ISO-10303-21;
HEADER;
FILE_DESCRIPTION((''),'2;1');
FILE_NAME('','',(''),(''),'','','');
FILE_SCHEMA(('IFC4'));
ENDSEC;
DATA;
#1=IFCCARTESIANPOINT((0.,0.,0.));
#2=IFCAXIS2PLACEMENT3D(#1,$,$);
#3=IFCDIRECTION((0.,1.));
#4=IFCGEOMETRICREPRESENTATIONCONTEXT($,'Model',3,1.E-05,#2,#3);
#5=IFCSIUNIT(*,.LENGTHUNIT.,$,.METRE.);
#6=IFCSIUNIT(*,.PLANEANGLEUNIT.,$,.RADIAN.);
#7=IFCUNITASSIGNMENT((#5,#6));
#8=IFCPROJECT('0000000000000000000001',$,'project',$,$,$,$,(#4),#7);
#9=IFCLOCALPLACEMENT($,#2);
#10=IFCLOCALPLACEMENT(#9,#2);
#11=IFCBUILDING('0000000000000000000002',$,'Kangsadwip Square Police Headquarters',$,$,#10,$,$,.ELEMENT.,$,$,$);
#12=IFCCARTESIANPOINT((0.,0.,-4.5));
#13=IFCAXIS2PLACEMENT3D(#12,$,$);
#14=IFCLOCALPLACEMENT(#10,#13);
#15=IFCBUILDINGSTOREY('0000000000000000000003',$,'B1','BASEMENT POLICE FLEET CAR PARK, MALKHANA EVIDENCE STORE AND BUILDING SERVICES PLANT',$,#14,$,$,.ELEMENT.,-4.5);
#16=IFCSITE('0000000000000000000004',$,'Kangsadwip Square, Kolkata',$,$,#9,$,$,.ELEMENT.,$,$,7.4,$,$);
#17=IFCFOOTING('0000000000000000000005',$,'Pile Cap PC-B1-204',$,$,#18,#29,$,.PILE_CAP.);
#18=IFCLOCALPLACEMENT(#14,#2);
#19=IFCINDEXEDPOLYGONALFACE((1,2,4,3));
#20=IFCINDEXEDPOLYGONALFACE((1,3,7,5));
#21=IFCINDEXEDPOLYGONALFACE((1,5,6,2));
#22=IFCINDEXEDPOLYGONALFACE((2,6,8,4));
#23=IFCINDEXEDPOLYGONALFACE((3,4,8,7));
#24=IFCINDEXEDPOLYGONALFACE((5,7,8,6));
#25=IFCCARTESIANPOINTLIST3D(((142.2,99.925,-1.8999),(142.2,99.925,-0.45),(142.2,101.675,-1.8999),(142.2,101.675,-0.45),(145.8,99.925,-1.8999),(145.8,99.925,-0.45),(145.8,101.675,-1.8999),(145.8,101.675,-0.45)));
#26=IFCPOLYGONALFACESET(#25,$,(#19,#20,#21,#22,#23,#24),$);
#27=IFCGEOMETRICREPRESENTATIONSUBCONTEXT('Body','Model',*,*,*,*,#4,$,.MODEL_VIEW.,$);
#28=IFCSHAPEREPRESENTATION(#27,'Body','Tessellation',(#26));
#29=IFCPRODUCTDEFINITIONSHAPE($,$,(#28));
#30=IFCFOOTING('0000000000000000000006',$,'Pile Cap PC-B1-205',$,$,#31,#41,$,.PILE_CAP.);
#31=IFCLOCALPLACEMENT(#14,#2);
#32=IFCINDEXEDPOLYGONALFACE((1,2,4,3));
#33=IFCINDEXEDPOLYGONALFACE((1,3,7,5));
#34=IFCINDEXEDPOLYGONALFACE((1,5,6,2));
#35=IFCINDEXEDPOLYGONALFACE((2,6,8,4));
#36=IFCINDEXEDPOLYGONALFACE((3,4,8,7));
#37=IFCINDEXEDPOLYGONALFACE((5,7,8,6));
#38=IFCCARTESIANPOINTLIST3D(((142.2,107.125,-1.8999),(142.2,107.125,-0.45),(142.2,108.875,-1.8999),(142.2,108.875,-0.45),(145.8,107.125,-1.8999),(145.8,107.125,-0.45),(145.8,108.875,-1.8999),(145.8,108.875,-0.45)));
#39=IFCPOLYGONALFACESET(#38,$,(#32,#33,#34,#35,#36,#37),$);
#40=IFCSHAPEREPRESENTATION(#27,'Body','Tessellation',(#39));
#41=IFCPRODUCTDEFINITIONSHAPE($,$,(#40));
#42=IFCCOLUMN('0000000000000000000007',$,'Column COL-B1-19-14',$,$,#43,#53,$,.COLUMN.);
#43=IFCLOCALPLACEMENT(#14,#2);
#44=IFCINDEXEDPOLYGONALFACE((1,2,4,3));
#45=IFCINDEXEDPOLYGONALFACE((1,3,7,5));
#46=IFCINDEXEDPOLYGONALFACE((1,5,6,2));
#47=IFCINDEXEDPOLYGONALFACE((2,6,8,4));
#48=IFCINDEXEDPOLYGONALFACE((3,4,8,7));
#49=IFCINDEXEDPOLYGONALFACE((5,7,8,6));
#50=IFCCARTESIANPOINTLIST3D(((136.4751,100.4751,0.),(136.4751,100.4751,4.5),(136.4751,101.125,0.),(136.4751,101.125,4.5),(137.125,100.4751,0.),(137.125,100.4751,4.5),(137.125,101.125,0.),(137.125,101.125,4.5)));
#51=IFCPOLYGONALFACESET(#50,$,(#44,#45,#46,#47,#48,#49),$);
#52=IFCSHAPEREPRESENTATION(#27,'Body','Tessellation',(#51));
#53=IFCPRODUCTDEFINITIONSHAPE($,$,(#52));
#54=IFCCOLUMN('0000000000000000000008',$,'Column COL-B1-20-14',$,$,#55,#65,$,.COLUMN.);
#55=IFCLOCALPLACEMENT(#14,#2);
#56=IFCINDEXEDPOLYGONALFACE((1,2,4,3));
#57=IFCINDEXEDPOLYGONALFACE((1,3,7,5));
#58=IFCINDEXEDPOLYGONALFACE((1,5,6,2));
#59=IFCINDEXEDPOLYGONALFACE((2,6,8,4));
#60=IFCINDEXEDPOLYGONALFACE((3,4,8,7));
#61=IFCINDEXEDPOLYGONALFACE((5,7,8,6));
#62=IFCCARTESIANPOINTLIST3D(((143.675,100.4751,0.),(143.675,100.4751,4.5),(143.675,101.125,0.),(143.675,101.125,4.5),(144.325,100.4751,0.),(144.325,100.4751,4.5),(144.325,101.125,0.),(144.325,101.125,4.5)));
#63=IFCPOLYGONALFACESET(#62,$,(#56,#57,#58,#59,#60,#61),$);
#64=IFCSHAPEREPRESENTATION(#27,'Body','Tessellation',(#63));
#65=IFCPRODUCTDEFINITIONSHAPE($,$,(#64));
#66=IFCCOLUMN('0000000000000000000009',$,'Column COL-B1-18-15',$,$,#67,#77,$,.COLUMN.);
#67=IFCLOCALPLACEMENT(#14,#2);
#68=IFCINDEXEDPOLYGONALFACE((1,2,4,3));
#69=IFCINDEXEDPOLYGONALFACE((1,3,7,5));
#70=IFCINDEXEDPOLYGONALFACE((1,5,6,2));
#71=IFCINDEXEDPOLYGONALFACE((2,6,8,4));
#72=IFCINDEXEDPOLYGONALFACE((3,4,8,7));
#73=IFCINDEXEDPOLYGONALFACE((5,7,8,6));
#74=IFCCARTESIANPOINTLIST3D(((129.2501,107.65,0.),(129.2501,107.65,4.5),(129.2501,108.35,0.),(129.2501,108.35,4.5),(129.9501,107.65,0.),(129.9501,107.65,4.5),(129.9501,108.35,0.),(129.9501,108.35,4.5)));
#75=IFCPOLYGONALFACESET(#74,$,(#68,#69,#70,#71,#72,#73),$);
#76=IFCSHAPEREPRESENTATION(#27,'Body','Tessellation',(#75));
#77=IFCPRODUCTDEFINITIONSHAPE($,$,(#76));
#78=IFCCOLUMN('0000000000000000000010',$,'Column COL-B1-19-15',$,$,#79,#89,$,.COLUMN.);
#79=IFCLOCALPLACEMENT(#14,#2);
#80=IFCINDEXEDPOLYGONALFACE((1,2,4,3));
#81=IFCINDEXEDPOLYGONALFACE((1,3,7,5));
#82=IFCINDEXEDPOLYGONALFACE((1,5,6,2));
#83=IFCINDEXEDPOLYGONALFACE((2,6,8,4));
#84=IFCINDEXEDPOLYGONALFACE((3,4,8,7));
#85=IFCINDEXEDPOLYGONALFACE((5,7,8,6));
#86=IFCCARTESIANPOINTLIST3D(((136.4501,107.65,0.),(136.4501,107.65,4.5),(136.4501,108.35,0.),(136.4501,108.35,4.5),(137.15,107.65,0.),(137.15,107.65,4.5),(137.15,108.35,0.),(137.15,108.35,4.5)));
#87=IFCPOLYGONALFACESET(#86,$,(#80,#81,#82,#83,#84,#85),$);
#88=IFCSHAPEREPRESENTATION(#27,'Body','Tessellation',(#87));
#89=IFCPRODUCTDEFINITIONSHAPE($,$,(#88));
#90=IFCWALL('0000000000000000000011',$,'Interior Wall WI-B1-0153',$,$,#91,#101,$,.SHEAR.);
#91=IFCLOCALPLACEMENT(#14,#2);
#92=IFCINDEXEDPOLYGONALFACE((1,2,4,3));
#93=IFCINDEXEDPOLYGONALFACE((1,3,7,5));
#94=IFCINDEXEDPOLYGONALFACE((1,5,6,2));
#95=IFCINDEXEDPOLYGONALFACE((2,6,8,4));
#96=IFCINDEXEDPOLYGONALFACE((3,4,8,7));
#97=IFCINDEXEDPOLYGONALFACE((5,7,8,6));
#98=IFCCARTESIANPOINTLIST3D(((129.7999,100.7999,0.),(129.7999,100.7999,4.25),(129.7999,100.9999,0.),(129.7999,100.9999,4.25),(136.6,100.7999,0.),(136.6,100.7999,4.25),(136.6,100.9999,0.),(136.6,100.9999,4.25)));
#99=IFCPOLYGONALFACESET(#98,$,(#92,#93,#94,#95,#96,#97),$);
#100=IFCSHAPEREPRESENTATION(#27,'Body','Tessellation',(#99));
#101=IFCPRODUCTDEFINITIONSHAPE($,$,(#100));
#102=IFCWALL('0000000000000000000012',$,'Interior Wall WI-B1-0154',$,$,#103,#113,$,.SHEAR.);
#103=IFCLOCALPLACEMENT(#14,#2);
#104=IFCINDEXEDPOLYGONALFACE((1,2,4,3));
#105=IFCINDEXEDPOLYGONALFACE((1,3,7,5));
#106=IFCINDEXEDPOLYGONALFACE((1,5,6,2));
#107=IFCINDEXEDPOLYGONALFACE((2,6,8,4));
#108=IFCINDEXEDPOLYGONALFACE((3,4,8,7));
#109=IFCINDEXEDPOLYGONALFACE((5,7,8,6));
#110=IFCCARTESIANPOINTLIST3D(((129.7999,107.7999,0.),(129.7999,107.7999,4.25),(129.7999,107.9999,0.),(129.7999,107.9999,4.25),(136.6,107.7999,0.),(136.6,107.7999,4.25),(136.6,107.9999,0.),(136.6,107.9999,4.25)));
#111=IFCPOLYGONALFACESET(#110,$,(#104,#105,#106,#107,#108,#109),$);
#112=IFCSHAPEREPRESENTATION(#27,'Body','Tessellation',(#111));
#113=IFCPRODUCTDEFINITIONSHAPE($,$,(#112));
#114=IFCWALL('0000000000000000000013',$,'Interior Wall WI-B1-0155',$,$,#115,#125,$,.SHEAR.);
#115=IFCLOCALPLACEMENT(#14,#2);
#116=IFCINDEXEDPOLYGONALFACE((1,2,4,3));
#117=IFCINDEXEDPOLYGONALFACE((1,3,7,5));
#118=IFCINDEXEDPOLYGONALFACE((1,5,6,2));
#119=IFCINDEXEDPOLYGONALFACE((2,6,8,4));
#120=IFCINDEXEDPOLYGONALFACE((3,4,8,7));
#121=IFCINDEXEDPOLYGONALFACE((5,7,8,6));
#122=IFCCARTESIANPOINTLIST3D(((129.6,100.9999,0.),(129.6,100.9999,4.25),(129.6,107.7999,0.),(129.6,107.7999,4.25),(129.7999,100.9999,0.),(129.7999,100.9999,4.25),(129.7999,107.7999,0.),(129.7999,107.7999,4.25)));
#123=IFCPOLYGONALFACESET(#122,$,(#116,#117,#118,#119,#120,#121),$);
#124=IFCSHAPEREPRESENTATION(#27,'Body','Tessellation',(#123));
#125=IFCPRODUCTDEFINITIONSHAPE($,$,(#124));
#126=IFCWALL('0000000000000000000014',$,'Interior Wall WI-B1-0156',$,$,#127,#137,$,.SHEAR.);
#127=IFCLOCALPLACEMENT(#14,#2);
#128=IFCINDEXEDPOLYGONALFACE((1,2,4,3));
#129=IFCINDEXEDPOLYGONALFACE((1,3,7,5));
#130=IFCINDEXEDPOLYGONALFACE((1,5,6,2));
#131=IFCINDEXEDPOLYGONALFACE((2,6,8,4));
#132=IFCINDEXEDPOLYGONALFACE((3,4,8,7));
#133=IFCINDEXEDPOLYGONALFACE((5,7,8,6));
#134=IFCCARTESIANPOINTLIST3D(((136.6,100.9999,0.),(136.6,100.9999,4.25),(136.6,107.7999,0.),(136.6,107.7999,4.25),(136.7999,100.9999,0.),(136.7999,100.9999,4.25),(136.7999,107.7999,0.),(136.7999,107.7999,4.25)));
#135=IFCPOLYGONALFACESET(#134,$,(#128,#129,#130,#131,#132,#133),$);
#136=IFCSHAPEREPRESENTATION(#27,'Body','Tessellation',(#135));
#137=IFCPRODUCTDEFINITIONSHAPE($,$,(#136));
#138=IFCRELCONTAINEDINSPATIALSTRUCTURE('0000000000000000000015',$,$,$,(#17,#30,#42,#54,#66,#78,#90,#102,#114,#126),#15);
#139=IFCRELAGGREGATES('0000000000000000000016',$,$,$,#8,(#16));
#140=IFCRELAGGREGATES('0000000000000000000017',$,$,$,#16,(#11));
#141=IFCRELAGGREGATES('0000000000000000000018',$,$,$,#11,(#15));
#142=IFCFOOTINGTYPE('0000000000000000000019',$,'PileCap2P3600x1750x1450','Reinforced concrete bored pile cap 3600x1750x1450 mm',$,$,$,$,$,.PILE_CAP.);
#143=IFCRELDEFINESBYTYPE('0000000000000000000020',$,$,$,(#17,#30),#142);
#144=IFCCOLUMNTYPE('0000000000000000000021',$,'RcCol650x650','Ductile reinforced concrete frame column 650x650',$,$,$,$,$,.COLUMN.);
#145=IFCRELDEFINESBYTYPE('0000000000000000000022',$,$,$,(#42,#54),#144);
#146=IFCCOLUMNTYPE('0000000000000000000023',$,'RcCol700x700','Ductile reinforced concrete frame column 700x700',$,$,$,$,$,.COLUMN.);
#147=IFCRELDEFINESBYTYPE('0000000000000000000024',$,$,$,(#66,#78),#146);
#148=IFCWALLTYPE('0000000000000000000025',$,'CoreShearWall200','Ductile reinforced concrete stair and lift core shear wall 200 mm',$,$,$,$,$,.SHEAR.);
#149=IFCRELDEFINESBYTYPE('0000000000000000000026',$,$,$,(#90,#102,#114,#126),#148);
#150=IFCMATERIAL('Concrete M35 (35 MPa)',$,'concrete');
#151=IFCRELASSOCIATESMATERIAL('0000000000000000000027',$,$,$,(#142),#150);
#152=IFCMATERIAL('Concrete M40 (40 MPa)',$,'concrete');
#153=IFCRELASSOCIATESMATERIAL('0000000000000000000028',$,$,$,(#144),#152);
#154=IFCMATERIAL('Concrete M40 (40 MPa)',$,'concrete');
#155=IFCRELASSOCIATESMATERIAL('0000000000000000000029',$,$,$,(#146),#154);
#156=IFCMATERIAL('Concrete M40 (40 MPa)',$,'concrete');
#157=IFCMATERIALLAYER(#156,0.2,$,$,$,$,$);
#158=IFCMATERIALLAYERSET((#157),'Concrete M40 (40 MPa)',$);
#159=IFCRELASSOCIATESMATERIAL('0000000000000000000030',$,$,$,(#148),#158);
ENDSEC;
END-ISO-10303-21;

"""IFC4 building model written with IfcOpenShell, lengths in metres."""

from ifc_helpers import new_model, si_unit, direction, frame, frame_2d, origin, origin_2d, place, context, subcontext, project, spatial, rectangle, extrude, material, layer, layer_set, material_profile, profile_set, type_object, element, save


model = new_model("IFC4")

# Units and contexts
model_context = context("Model", 3, precision=1e-05, world=origin(), true_north=direction((0.0, 1.0)))
body_context = subcontext(model_context, "Body", "Model", "MODEL_VIEW")
ifc_project = project(units=[si_unit("LENGTHUNIT", "METRE"), si_unit("PLANEANGLEUNIT", "RADIAN")], contexts=[model_context])

# Site, building, storey
site_placement = place(None, origin())
site = spatial("IfcSite", under=ifc_project, at=site_placement, Name="Kangsadwip Square, Kolkata", CompositionType="ELEMENT", RefElevation=7.4)
building_placement = place(site_placement, origin())
building = spatial("IfcBuilding", under=site, at=building_placement, Name="Kangsadwip Square Police Headquarters", CompositionType="ELEMENT")
storey_placement = place(building_placement, frame((0.0, 0.0, -4.5)))
storey = spatial("IfcBuildingStorey", under=building, at=storey_placement, Name="B1", Description="BASEMENT POLICE FLEET CAR PARK, MALKHANA EVIDENCE STORE AND BUILDING SERVICES PLANT", CompositionType="ELEMENT", Elevation=-4.5)

# Footings
ifc_material_1 = material(Name="Concrete M35 (35 MPa)", Category="concrete")
footing_type_1 = type_object("IfcFootingType", Name="PileCap2P3600x1750x1450", Description="Reinforced concrete bored pile cap 3600x1750x1450 mm", PredefinedType="PILE_CAP", material=ifc_material_1)
for number, where, z_axis, x_axis, name in (
    (1, (144.0, 100.8, -1.8999), (0.0, 0.0, 1.0), (1.0, 0.0, 0.0), "Pile Cap PC-B1-204"),
    (2, (144.0, 108.0, -1.8999), (0.0, 0.0, 1.0), (1.0, 0.0, 0.0), "Pile Cap PC-B1-205"),
):
    element("IfcFooting", number, at=place(storey_placement, frame(where, z_axis=z_axis, x_axis=x_axis)), inside=storey, type_object=footing_type_1, Name=name, PredefinedType="PILE_CAP", context=body_context, shape_type="SweptSolid", body=[
        extrude(rectangle(XDim=3.6001, YDim=1.75, at=origin_2d()), origin(), (0.0, 0.0, 1.0), 1.45),
    ])

# Columns
ifc_material_2 = material(Name="Concrete M40 (40 MPa)", Category="concrete")
ifc_material_profile_1 = material_profile(ifc_material_2, rectangle(XDim=0.6499, YDim=0.6499, at=origin_2d()), Name="RC COL 650X650")
ifc_profile_set_1 = profile_set([ifc_material_profile_1], Name="Concrete M40 (40 MPa)")
column_type_1 = type_object("IfcColumnType", Name="RcCol650x650", Description="Ductile reinforced concrete frame column 650x650", PredefinedType="COLUMN", material=ifc_profile_set_1)
for number, where, z_axis, x_axis, name in (
    (3, (136.8, 100.8, 0.0), (0.0, 0.0, 1.0), (1.0, 0.0, 0.0), "Column COL-B1-19-14"),
    (4, (144.0, 100.8, 0.0), (0.0, 0.0, 1.0), (1.0, 0.0, 0.0), "Column COL-B1-20-14"),
):
    element("IfcColumn", number, at=place(storey_placement, frame(where, z_axis=z_axis, x_axis=x_axis)), inside=storey, type_object=column_type_1, Name=name, PredefinedType="COLUMN", context=body_context, shape_type="SweptSolid", body=[
        extrude(rectangle(XDim=0.6499, YDim=0.6499, at=origin_2d()), origin(), (0.0, 0.0, 1.0), 4.5),
    ])
ifc_material_3 = material(Name="Concrete M40 (40 MPa)", Category="concrete")
ifc_material_profile_2 = material_profile(ifc_material_3, rectangle(XDim=0.7, YDim=0.7, at=origin_2d()), Name="RC COL 700X700")
ifc_profile_set_2 = profile_set([ifc_material_profile_2], Name="Concrete M40 (40 MPa)")
column_type_2 = type_object("IfcColumnType", Name="RcCol700x700", Description="Ductile reinforced concrete frame column 700x700", PredefinedType="COLUMN", material=ifc_profile_set_2)
for number, where, z_axis, x_axis, name in (
    (5, (129.6001, 108.0, 0.0), (0.0, 0.0, 1.0), (1.0, 0.0, 0.0), "Column COL-B1-18-15"),
    (6, (136.8, 108.0, 0.0), (0.0, 0.0, 1.0), (1.0, 0.0, 0.0), "Column COL-B1-19-15"),
):
    element("IfcColumn", number, at=place(storey_placement, frame(where, z_axis=z_axis, x_axis=x_axis)), inside=storey, type_object=column_type_2, Name=name, PredefinedType="COLUMN", context=body_context, shape_type="SweptSolid", body=[
        extrude(rectangle(XDim=0.7, YDim=0.7, at=origin_2d()), origin(), (0.0, 0.0, 1.0), 4.5),
    ])

# Walls
ifc_material_4 = material(Name="Concrete M40 (40 MPa)", Category="concrete")
ifc_layer = layer(ifc_material_4, 0.2)
ifc_layer_set = layer_set([ifc_layer], Name="Concrete M40 (40 MPa)")
wall_type = type_object("IfcWallType", Name="CoreShearWall200", Description="Ductile reinforced concrete stair and lift core shear wall 200 mm", PredefinedType="SHEAR", material=ifc_layer_set)
for number, where, z_axis, x_axis, name in (
    (7, (129.8, 100.8999, 0.0), (0.0, 0.0, 1.0), (1.0, 0.0, 0.0), "Interior Wall WI-B1-0153"),
    (8, (129.8, 107.8999, 0.0), (0.0, 0.0, 1.0), (1.0, 0.0, 0.0), "Interior Wall WI-B1-0154"),
    (9, (129.7, 101.0, 0.0), (0.0, 0.0, 1.0), (0.0, 1.0, 0.0), "Interior Wall WI-B1-0155"),
    (10, (136.7, 101.0, 0.0), (0.0, 0.0, 1.0), (0.0, 1.0, 0.0), "Interior Wall WI-B1-0156"),
):
    element("IfcWall", number, at=place(storey_placement, frame(where, z_axis=z_axis, x_axis=x_axis)), inside=storey, type_object=wall_type, Name=name, PredefinedType="SHEAR", context=body_context, shape_type="SweptSolid", body=[
        extrude(rectangle(XDim=6.8, YDim=0.2, at=frame_2d((3.3999, 0.0))), origin(), (0.0, 0.0, 1.0), 4.25),
    ])

save(model, "model.ifc")
